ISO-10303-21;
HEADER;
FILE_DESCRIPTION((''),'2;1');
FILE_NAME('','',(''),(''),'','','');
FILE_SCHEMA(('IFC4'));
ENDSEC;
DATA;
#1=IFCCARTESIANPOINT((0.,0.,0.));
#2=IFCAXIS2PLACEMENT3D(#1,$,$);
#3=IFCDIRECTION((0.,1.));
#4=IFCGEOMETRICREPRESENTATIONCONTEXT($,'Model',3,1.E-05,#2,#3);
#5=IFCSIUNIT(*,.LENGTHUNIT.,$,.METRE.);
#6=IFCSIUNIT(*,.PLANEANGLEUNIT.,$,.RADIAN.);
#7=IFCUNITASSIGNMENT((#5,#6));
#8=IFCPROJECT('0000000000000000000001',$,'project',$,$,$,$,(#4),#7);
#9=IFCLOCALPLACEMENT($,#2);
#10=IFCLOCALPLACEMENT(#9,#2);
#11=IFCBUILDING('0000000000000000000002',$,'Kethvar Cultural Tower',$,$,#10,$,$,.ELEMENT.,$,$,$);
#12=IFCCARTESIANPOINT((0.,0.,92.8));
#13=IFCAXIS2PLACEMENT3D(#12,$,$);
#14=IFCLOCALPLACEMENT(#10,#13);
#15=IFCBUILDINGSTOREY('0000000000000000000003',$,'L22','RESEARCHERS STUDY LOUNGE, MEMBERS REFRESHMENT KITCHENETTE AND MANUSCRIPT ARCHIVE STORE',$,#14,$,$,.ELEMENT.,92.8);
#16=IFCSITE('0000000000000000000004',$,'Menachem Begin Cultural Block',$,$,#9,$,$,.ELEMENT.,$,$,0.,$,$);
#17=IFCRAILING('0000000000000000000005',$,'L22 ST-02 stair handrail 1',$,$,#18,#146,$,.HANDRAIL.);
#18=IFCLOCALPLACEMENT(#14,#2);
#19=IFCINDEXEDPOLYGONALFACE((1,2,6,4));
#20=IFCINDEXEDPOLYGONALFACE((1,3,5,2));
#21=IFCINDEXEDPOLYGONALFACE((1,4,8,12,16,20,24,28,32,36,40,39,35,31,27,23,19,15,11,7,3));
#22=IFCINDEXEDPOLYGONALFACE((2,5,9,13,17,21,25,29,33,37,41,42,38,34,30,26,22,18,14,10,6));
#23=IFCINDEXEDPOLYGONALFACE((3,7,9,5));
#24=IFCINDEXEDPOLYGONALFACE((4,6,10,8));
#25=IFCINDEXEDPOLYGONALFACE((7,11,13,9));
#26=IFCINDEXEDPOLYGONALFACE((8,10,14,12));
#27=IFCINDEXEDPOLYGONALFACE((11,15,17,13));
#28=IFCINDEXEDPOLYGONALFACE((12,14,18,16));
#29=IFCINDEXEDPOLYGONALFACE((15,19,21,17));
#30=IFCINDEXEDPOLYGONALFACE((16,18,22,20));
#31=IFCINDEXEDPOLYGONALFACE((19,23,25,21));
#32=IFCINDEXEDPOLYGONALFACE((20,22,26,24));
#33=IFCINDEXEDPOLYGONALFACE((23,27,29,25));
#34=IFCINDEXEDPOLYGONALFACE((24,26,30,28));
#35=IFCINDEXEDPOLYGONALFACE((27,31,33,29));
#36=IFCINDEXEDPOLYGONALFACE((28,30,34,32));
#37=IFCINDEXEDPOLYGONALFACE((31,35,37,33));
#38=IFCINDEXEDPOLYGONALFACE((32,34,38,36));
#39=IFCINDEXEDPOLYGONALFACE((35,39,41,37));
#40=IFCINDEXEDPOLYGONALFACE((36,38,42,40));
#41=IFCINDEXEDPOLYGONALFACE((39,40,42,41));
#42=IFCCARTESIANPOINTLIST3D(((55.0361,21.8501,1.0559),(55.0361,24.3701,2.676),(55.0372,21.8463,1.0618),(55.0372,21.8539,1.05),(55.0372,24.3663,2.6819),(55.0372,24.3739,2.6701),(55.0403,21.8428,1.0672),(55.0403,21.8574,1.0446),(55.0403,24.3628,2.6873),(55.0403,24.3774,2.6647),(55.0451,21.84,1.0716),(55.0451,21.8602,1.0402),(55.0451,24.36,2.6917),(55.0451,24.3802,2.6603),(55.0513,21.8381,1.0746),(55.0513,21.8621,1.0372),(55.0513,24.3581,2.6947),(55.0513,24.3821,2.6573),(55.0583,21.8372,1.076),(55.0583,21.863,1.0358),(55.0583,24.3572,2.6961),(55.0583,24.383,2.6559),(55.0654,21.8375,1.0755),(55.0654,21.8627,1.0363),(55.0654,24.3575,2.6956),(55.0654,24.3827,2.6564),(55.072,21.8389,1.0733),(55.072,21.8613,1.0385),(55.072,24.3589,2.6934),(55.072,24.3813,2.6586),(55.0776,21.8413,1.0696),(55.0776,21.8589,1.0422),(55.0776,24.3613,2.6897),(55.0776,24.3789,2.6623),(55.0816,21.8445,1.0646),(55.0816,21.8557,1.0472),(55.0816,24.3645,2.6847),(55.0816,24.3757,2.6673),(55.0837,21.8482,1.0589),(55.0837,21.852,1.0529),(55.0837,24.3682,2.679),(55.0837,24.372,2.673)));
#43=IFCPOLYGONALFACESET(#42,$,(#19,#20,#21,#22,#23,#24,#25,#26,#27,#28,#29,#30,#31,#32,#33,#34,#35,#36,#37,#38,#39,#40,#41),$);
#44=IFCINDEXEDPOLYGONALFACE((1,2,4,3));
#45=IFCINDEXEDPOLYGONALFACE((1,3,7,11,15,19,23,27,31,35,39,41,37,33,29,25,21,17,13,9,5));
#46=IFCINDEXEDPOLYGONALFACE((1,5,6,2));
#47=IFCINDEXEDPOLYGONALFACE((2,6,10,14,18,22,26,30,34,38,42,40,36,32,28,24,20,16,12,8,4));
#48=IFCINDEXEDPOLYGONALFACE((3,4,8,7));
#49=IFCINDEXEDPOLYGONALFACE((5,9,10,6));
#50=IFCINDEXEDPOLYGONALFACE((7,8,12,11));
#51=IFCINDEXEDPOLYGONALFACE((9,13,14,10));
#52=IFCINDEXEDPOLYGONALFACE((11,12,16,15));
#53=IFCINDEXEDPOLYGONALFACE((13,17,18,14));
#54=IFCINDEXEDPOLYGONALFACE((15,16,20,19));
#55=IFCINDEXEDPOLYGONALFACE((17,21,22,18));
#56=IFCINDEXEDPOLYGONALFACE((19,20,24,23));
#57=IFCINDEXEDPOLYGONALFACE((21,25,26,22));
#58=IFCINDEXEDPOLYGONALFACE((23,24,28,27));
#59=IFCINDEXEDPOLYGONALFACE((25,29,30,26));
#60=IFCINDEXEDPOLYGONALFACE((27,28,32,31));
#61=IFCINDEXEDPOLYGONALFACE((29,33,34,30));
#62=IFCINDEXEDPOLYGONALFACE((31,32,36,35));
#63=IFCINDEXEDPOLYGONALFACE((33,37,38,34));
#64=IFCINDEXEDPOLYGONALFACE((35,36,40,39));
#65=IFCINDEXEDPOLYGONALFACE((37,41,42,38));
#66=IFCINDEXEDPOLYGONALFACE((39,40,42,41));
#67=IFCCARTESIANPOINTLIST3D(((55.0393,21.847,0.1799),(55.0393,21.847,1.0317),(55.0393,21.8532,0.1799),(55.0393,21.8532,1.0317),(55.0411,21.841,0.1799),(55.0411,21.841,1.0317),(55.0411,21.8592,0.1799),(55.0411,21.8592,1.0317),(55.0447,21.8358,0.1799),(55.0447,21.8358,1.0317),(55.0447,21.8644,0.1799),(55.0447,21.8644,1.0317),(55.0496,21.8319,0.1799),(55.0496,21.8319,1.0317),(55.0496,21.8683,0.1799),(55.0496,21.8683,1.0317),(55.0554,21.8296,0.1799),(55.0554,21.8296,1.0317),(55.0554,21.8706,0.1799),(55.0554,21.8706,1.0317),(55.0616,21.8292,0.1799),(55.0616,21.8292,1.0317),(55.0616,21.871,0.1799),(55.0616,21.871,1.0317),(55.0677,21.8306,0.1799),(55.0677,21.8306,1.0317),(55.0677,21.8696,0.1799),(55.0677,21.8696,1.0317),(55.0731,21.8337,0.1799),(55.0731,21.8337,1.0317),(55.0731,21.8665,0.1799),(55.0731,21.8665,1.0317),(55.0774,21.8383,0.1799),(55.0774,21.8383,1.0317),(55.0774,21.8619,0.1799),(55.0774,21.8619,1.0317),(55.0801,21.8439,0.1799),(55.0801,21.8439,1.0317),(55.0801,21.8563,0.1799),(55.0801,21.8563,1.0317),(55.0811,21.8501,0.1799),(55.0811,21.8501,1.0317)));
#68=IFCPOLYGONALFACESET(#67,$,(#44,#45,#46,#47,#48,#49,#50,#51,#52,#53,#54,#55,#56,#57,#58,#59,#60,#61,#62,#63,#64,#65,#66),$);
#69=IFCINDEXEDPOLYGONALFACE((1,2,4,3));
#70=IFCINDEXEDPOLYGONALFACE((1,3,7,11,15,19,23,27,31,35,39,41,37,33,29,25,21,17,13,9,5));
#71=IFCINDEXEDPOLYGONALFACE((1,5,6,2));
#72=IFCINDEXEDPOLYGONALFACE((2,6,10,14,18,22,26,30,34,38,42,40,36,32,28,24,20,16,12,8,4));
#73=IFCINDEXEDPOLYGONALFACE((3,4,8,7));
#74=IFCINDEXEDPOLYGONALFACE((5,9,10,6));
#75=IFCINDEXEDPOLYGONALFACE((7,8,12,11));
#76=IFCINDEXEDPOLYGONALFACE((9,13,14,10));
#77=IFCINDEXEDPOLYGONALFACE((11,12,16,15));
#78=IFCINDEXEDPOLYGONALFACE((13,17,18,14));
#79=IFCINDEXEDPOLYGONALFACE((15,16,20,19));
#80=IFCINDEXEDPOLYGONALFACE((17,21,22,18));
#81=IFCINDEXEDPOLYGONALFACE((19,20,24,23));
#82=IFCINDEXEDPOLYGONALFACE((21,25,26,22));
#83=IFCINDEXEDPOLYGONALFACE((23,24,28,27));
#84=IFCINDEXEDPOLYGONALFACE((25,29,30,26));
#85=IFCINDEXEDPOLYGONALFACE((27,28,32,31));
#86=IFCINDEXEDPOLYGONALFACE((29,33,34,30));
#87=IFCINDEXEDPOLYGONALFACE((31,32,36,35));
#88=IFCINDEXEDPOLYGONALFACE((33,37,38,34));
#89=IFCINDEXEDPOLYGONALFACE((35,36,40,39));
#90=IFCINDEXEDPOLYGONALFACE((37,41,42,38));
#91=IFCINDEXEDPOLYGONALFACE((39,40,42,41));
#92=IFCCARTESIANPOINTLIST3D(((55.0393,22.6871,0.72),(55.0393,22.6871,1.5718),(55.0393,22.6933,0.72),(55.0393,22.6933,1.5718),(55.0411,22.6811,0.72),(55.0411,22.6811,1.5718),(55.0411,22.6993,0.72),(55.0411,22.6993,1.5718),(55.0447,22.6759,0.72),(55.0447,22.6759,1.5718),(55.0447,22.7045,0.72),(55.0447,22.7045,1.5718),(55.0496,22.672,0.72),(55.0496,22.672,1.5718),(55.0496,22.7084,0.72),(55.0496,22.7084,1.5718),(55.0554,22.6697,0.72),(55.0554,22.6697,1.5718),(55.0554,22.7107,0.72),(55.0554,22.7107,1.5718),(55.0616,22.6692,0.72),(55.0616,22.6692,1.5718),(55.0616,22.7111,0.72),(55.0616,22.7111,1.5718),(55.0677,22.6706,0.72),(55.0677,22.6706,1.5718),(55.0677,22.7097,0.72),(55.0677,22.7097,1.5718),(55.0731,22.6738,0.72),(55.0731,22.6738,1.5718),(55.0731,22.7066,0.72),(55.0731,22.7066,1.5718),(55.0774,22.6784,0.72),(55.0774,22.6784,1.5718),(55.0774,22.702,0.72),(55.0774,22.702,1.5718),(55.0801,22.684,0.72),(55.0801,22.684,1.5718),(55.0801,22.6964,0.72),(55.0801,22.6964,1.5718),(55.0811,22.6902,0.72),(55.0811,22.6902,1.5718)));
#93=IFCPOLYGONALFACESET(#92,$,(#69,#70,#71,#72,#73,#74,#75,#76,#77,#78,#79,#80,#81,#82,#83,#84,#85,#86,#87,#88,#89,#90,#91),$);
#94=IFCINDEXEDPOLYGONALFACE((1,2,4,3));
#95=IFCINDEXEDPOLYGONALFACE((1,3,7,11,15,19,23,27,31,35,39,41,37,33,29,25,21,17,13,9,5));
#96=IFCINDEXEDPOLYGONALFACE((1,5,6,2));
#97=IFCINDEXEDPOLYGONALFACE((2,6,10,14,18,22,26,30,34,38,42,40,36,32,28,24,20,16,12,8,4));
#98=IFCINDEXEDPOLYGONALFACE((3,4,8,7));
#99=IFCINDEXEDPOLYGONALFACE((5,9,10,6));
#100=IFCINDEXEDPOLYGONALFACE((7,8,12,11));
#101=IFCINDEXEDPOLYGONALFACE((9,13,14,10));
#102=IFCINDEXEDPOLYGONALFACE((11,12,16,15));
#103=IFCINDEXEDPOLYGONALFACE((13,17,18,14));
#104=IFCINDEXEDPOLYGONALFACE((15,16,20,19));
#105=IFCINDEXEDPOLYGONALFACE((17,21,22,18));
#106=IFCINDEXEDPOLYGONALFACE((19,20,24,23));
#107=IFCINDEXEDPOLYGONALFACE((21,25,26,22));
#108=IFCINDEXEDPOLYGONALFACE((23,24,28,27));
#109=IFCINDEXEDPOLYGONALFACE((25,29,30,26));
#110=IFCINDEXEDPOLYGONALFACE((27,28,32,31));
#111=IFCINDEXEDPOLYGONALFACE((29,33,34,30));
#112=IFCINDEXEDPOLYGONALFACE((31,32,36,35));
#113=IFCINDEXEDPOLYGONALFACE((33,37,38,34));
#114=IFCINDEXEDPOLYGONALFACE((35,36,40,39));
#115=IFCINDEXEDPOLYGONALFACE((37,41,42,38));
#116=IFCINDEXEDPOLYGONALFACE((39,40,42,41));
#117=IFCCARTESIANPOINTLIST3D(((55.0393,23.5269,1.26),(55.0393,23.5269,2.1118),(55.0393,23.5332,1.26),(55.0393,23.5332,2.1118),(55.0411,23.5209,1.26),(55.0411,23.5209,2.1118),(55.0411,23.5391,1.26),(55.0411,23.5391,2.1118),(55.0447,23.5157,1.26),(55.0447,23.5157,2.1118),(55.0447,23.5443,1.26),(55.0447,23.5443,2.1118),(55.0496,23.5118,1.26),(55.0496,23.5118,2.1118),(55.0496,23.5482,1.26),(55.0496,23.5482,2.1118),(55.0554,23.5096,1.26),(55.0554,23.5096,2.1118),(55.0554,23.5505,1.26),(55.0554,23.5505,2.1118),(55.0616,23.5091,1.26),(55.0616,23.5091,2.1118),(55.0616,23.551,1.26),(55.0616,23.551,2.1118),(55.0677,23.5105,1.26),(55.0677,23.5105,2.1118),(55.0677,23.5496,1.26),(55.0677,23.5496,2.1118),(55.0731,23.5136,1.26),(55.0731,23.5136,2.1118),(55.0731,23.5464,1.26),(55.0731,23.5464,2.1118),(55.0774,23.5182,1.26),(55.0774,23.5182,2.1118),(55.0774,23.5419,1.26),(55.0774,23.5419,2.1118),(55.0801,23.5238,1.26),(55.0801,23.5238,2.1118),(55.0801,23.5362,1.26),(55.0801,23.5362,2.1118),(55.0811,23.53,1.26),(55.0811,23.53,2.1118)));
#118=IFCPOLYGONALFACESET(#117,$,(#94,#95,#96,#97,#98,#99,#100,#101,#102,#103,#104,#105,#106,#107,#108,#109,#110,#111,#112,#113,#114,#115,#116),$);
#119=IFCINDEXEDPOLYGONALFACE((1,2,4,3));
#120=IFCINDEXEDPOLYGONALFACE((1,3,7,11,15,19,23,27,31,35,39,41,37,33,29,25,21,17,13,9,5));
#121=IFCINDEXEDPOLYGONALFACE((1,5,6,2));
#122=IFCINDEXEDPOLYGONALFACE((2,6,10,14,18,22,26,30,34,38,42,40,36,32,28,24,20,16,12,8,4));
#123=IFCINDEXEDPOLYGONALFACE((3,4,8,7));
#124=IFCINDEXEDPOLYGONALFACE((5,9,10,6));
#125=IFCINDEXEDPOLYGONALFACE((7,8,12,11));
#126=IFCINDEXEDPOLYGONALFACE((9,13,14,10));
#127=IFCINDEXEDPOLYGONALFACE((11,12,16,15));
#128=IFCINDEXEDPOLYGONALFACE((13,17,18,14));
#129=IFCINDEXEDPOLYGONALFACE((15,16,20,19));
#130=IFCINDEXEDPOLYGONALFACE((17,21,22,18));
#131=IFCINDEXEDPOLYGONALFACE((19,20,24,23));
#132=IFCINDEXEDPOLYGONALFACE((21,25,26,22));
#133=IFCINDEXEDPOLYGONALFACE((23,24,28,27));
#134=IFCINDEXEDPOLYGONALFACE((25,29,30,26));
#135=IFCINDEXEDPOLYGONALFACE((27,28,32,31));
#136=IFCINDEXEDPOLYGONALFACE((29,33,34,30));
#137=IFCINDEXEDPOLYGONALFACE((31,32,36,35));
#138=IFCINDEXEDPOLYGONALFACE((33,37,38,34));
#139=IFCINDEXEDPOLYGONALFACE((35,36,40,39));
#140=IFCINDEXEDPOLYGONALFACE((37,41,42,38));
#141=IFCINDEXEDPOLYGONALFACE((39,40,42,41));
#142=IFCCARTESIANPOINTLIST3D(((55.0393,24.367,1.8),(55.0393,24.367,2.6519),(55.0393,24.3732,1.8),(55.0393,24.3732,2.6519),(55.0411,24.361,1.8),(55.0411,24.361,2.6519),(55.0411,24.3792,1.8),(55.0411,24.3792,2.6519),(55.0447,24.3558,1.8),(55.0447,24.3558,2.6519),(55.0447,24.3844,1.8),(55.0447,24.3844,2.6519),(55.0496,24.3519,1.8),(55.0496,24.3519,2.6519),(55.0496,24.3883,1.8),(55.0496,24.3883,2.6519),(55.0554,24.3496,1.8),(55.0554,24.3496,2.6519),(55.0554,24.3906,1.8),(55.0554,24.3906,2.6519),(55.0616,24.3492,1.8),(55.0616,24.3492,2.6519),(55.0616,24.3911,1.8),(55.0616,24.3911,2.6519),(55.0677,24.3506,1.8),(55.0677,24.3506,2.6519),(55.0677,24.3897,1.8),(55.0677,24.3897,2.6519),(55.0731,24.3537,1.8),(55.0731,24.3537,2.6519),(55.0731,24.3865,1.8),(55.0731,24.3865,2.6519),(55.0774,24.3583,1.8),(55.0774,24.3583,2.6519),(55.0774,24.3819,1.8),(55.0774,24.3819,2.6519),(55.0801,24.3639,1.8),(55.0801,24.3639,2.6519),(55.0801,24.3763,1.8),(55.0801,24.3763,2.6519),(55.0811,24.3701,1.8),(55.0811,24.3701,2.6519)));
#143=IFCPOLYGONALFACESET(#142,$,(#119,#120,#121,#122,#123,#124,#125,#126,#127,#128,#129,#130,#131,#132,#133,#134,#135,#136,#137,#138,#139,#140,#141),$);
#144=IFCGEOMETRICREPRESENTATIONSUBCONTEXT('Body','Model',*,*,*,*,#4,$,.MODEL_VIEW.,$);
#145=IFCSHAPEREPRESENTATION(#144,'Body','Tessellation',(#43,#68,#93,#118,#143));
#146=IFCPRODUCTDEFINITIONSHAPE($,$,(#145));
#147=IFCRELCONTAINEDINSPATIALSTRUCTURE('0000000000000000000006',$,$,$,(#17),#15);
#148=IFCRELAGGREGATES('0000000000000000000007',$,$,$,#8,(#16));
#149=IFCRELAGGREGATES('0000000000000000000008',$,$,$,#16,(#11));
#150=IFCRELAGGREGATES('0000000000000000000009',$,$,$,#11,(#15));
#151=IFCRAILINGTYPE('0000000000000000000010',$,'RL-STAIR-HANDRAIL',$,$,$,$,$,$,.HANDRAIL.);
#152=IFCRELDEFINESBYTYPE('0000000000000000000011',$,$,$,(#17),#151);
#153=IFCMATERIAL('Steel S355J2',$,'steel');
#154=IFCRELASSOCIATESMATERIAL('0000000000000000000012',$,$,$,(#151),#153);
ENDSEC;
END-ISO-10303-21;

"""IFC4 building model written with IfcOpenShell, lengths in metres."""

from ifc_helpers import new_model, si_unit, direction, frame, origin, origin_2d, place, context, subcontext, project, spatial, circle, extrude, material, type_object, element, save


model = new_model("IFC4")

# Units and contexts
model_context = context("Model", 3, precision=1e-05, world=origin(), true_north=direction((0.0, 1.0)))
body_context = subcontext(model_context, "Body", "Model", "MODEL_VIEW")
ifc_project = project(units=[si_unit("LENGTHUNIT", "METRE"), si_unit("PLANEANGLEUNIT", "RADIAN")], contexts=[model_context])

# Site, building, storey
site_placement = place(None, origin())
site = spatial("IfcSite", under=ifc_project, at=site_placement, Name="Menachem Begin Cultural Block", CompositionType="ELEMENT", RefElevation=0.0)
building_placement = place(site_placement, origin())
building = spatial("IfcBuilding", under=site, at=building_placement, Name="Kethvar Cultural Tower", CompositionType="ELEMENT")
storey_placement = place(building_placement, frame((0.0, 0.0, 92.8)))
storey = spatial("IfcBuildingStorey", under=building, at=storey_placement, Name="L22", Description="RESEARCHERS STUDY LOUNGE, MEMBERS REFRESHMENT KITCHENETTE AND MANUSCRIPT ARCHIVE STORE", CompositionType="ELEMENT", Elevation=92.8)

# Shared definitions
ifc_material_1 = material(Name="Steel S355J2", Category="steel")

# Railing
railing_type_1 = type_object("IfcRailingType", Name="RL-STAIR-HANDRAIL", PredefinedType="HANDRAIL", material=ifc_material_1)
railing_1_placement = place(storey_placement, frame((55.0601, 21.8501, 0.1799)))
element("IfcRailing", 1, at=railing_1_placement, inside=storey, type_object=railing_type_1, Name="L22 ST-02 stair handrail 1", PredefinedType="HANDRAIL", context=body_context, shape_type="SweptSolid", body=[
    extrude(circle(Radius=0.0239, at=origin_2d()), frame((0.0, 0.0, 0.876), z_axis=(0.0, 0.841163, 0.540782), x_axis=(-1.0, 0.0, 0.0)), (0.0, 0.0, 1.0), 2.9958),
    extrude(circle(Radius=0.021, at=origin_2d()), origin(), (0.0, 0.0, 1.0), 0.8518),
    extrude(circle(Radius=0.021, at=origin_2d()), frame((0.0, 0.8401, 0.54)), (0.0, 0.0, 1.0), 0.8518),
    extrude(circle(Radius=0.021, at=origin_2d()), frame((0.0, 1.6799, 1.0801)), (0.0, 0.0, 1.0), 0.8518),
    extrude(circle(Radius=0.021, at=origin_2d()), frame((0.0, 2.52, 1.6201)), (0.0, 0.0, 1.0), 0.8518),
])

save(model, "model.ifc")
